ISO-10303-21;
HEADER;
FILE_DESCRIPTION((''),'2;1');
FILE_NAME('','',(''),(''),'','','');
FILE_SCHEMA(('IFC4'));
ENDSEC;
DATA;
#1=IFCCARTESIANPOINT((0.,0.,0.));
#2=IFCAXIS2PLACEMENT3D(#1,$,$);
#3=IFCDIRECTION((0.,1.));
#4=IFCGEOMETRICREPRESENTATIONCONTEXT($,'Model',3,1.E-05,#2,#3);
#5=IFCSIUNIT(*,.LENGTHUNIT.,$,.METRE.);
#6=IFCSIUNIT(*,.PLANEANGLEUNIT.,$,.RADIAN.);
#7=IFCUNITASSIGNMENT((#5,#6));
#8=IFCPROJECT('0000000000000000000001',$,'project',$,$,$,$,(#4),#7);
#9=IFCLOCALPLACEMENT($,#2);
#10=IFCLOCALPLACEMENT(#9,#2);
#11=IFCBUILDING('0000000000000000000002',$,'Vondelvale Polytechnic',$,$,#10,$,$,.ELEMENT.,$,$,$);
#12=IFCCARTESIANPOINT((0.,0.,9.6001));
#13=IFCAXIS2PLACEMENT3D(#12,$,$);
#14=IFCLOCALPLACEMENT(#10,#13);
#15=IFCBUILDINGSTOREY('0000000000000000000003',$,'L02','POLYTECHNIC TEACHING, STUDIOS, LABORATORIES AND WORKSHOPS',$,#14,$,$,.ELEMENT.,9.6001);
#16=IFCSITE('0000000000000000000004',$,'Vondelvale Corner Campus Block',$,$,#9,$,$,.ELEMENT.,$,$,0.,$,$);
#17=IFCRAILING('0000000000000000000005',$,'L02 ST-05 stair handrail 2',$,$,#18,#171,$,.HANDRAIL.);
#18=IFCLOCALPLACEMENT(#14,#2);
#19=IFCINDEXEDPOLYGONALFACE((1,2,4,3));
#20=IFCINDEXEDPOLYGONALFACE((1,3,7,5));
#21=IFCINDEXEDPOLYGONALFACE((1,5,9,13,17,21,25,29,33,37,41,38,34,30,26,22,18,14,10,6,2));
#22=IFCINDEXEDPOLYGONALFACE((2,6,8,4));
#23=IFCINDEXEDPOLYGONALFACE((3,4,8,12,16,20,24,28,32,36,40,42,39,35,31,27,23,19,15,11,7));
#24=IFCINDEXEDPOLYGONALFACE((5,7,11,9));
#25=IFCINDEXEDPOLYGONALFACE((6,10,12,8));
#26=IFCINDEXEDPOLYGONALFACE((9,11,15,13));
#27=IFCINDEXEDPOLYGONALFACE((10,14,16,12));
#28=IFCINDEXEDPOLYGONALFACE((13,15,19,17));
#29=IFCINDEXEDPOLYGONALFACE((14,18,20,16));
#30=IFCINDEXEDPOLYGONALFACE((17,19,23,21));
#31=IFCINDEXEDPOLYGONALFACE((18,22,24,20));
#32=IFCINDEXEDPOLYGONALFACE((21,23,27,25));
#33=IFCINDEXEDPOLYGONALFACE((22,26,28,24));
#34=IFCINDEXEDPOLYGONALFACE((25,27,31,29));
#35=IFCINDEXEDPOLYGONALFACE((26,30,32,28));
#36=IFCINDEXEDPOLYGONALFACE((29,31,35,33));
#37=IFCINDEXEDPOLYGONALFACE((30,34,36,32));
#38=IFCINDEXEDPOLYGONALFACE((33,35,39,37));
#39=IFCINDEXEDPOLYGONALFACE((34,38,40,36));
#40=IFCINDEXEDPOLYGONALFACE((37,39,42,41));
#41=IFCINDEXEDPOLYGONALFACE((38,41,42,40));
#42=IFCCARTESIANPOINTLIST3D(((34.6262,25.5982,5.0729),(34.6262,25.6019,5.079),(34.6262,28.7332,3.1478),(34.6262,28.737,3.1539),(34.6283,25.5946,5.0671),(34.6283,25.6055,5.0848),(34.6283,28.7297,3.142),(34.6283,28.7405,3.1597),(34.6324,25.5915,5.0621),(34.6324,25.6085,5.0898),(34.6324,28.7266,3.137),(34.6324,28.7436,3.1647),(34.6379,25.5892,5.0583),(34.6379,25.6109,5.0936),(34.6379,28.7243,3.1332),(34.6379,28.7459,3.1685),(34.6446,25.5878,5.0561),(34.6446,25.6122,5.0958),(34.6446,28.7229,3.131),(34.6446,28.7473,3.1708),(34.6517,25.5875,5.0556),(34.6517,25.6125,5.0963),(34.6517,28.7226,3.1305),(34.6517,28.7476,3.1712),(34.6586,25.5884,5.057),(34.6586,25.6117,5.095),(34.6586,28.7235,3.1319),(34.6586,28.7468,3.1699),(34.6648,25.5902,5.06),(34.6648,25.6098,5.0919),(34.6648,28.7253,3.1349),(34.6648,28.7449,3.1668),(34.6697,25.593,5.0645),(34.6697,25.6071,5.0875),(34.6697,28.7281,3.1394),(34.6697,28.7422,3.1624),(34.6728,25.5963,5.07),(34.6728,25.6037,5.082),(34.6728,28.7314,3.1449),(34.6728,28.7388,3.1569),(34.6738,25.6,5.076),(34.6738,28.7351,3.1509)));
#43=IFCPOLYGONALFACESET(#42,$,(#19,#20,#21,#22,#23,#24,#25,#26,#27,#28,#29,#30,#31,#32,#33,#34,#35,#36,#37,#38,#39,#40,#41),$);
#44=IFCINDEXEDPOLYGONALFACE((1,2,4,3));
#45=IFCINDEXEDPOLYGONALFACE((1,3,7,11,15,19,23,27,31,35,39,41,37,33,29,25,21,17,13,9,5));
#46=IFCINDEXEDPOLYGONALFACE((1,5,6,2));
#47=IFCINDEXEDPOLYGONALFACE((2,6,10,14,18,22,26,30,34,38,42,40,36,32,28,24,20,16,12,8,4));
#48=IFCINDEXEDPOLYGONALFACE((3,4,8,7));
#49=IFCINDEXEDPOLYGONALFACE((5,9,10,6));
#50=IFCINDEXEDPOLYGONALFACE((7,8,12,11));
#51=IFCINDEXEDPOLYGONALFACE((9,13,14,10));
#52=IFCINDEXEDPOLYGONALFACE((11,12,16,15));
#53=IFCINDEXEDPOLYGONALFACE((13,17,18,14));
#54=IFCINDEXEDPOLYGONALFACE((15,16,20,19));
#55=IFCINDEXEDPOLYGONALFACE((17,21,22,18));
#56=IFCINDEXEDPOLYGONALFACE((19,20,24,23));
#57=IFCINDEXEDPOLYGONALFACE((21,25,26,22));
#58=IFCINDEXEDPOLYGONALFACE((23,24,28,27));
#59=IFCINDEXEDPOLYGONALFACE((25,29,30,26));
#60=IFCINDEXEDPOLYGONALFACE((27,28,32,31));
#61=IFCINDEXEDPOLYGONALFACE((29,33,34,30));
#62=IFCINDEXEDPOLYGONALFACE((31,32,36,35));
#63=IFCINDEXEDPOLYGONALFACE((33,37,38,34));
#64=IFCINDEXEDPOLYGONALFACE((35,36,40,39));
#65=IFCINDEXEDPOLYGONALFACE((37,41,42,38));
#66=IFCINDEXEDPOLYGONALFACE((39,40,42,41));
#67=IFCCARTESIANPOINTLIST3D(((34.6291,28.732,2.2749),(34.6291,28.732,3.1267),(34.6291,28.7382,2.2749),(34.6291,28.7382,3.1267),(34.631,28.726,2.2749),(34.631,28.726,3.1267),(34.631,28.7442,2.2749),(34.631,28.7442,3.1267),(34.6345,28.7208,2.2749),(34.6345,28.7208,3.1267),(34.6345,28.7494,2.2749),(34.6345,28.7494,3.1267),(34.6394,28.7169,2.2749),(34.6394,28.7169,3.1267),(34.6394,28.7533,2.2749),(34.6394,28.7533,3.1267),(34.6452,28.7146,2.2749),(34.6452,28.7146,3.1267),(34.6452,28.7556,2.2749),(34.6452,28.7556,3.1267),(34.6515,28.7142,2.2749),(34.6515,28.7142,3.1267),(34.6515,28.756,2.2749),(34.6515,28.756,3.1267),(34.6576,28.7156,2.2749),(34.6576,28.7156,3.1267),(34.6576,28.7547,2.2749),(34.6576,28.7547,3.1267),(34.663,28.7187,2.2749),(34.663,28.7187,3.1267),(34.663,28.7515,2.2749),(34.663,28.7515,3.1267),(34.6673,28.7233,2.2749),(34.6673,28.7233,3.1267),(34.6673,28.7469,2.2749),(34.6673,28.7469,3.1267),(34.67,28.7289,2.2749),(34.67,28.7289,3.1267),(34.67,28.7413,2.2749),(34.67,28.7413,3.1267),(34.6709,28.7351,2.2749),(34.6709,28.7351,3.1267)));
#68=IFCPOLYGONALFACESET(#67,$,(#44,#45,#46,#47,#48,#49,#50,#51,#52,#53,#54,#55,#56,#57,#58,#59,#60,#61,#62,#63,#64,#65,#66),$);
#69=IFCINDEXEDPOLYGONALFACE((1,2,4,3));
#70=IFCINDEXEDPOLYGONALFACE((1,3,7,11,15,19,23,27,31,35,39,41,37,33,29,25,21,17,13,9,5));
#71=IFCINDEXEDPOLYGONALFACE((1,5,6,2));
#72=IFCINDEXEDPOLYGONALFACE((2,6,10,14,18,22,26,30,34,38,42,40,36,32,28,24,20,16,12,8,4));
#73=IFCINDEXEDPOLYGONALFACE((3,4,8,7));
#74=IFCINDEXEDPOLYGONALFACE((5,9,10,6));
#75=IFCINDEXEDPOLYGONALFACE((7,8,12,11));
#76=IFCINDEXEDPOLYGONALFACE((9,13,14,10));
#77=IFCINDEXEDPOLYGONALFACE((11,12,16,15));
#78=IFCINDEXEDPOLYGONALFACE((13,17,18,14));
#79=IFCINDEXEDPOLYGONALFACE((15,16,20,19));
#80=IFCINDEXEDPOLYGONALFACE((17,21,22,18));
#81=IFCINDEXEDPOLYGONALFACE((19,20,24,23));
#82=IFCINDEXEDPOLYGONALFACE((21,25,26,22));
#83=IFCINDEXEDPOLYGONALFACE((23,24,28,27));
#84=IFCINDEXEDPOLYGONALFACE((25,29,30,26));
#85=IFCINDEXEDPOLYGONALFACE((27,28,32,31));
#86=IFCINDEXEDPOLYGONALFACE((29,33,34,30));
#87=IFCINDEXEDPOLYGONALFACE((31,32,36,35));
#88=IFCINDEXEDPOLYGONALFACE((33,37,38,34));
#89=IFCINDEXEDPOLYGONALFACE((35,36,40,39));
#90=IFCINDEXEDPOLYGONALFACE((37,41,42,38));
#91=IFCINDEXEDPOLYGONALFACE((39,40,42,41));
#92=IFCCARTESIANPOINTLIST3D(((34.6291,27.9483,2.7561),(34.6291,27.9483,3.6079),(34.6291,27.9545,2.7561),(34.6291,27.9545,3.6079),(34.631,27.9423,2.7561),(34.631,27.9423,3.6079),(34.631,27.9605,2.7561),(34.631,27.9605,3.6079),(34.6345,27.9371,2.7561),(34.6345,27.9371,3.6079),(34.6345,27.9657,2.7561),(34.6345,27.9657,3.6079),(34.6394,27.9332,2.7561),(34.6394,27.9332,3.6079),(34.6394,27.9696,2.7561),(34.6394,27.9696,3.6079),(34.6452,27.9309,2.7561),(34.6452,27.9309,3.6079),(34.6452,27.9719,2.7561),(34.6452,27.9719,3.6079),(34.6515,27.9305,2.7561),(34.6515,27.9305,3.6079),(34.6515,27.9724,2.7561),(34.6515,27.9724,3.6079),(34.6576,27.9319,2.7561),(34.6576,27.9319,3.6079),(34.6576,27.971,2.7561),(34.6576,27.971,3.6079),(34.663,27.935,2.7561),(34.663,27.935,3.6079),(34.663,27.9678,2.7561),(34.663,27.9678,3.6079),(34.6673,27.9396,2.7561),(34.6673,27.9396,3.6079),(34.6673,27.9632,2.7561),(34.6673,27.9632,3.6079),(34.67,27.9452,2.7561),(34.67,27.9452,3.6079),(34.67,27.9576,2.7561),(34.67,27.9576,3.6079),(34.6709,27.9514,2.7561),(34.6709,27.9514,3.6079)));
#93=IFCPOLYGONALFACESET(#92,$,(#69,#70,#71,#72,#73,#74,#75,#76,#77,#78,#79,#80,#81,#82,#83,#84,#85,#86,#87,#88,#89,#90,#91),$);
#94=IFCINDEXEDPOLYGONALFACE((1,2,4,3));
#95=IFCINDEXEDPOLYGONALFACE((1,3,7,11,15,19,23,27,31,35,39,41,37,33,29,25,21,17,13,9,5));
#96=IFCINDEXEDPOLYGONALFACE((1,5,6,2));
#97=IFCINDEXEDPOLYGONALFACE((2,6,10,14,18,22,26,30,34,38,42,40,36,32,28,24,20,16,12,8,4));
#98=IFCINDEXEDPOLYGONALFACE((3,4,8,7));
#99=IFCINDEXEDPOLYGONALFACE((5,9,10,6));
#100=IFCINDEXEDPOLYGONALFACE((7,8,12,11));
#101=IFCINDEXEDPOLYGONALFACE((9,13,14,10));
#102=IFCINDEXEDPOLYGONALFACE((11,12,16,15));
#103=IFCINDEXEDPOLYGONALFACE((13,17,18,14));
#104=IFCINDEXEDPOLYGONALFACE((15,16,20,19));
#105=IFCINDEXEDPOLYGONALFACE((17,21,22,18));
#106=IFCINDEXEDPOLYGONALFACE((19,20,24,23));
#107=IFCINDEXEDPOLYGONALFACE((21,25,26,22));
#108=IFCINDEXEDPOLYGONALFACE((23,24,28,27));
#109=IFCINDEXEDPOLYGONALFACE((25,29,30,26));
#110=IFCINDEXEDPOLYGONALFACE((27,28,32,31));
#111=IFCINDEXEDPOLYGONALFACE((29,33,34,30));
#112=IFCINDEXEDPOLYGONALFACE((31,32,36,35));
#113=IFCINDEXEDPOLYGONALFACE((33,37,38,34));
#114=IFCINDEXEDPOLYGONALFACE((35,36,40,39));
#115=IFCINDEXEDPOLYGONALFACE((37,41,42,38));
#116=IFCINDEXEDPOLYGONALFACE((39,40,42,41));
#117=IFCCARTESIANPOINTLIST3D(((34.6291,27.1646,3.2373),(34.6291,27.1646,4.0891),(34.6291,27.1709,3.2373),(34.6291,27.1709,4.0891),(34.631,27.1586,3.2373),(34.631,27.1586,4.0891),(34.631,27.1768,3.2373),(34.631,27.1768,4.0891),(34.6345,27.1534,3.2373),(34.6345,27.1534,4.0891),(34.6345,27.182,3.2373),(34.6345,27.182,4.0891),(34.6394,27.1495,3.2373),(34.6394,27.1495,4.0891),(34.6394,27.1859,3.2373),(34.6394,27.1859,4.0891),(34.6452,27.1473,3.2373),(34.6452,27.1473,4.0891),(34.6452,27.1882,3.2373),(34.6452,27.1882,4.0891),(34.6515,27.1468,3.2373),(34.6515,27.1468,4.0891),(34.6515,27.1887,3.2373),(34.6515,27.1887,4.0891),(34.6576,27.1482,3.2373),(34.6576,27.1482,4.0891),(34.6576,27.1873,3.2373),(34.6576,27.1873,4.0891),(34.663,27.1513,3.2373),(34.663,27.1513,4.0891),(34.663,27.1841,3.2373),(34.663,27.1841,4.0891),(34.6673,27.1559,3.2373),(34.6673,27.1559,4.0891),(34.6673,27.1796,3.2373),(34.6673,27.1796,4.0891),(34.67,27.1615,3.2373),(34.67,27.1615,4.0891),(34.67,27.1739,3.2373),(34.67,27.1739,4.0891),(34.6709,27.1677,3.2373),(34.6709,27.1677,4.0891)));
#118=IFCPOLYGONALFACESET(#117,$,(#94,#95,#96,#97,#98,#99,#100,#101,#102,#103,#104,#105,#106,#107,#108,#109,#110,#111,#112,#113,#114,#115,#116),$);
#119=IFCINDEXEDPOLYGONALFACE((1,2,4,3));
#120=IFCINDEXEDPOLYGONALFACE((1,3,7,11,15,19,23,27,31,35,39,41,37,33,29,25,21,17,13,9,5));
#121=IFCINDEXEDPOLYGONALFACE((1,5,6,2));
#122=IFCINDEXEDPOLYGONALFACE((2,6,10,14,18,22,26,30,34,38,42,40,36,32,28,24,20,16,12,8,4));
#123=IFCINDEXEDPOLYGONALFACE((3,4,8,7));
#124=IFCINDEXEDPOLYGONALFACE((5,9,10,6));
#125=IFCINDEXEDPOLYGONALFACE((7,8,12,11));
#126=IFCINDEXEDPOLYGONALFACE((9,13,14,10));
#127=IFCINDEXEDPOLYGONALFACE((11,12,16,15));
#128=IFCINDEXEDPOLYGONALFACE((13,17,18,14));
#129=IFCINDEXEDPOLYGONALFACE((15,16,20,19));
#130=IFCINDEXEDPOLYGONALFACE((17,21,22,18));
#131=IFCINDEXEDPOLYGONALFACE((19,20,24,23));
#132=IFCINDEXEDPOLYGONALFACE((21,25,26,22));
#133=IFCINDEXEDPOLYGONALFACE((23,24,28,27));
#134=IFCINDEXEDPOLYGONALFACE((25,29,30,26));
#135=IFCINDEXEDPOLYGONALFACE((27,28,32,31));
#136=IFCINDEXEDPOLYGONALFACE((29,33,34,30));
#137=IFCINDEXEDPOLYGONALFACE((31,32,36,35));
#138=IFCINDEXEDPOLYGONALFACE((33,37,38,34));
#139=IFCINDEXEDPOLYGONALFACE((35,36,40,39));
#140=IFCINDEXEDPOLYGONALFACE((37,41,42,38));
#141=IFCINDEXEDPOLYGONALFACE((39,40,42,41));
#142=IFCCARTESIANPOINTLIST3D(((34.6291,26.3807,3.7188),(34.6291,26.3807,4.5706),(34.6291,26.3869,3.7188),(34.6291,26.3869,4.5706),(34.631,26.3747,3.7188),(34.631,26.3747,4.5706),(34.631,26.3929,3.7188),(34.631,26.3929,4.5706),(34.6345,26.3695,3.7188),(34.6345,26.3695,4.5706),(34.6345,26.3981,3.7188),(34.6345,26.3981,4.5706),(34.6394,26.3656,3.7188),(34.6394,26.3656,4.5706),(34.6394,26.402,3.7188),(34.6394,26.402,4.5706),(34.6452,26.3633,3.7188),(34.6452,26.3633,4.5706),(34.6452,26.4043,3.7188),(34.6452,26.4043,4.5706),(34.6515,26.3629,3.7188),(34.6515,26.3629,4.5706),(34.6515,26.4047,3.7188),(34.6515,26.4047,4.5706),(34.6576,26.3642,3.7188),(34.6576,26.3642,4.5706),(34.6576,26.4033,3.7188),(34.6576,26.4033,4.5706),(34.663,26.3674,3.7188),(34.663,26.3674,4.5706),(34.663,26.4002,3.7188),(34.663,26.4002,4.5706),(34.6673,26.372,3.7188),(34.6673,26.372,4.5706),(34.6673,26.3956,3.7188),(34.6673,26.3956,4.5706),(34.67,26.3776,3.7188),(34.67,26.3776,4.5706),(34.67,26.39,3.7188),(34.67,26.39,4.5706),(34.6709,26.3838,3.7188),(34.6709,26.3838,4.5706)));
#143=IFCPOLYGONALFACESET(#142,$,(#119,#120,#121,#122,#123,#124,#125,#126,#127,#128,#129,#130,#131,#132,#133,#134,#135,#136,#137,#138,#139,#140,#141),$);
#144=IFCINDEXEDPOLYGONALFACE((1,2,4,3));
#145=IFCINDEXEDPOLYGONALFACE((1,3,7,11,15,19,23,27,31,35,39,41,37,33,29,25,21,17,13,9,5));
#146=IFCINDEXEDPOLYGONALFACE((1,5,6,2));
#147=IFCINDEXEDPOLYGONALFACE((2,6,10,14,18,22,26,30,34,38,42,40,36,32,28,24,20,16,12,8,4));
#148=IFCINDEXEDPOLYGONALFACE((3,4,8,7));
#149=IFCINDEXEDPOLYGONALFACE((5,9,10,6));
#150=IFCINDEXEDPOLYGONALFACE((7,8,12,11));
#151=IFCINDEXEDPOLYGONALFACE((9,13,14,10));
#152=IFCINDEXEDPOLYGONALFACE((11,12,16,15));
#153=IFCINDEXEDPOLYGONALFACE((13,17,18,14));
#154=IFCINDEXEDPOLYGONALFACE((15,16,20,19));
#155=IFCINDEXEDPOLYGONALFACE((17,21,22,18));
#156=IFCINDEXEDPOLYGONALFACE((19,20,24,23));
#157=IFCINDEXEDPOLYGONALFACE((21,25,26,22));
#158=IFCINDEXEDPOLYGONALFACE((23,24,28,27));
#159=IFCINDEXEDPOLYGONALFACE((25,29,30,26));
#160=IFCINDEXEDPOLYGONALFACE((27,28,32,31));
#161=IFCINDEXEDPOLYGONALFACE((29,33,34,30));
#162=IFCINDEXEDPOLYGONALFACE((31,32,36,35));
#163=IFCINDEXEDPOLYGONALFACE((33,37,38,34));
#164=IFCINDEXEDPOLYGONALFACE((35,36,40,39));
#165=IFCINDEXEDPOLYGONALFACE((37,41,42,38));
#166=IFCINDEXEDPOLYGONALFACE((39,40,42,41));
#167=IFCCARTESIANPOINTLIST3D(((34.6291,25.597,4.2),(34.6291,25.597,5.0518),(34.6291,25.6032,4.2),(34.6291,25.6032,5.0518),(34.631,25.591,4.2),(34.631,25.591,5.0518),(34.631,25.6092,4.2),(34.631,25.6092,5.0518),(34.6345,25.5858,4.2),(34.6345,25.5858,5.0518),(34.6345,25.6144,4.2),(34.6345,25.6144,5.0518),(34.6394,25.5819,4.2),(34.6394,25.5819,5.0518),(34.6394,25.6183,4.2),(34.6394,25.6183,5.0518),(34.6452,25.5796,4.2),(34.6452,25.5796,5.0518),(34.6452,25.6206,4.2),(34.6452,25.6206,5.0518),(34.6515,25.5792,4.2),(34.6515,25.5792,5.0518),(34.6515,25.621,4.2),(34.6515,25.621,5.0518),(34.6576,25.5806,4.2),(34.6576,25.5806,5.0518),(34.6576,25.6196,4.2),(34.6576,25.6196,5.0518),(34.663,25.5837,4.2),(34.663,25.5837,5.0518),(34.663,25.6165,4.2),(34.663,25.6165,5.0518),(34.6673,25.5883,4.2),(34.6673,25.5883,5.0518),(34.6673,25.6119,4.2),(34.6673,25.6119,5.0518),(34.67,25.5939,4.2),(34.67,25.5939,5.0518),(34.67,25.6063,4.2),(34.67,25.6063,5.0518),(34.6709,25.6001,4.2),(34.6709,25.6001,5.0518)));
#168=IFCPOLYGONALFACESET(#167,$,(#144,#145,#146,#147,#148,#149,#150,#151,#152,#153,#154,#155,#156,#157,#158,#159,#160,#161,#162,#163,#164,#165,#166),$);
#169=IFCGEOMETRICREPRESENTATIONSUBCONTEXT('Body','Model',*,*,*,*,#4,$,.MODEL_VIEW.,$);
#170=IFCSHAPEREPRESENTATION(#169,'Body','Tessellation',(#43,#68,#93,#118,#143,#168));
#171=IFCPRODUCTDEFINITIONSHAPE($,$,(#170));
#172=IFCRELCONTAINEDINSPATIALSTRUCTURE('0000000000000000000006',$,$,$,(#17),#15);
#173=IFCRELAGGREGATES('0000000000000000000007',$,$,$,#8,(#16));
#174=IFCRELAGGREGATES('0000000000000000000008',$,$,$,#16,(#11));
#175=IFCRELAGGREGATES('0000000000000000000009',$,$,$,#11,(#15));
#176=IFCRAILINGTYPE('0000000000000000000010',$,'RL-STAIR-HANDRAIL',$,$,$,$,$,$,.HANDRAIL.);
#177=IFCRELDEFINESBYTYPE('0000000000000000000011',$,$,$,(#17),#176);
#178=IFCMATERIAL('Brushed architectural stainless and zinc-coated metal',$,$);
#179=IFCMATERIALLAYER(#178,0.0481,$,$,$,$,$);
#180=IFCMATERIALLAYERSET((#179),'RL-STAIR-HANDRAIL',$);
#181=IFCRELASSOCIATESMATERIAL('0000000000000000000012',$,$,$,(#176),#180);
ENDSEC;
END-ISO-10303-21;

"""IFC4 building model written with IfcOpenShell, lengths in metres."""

from ifc_helpers import new_model, si_unit, direction, frame, origin, origin_2d, place, context, subcontext, project, spatial, circle, extrude, material, layer, layer_set, type_object, element, save


model = new_model("IFC4")

# Units and contexts
model_context = context("Model", 3, precision=1e-05, world=origin(), true_north=direction((0.0, 1.0)))
body_context = subcontext(model_context, "Body", "Model", "MODEL_VIEW")
ifc_project = project(units=[si_unit("LENGTHUNIT", "METRE"), si_unit("PLANEANGLEUNIT", "RADIAN")], contexts=[model_context])

# Site, building, storey
site_placement = place(None, origin())
site = spatial("IfcSite", under=ifc_project, at=site_placement, Name="Vondelvale Corner Campus Block", CompositionType="ELEMENT", RefElevation=0.0)
building_placement = place(site_placement, origin())
building = spatial("IfcBuilding", under=site, at=building_placement, Name="Vondelvale Polytechnic", CompositionType="ELEMENT")
storey_placement = place(building_placement, frame((0.0, 0.0, 9.6001)))
storey = spatial("IfcBuildingStorey", under=building, at=storey_placement, Name="L02", Description="POLYTECHNIC TEACHING, STUDIOS, LABORATORIES AND WORKSHOPS", CompositionType="ELEMENT", Elevation=9.6001)

# Railing
ifc_material_1 = material(Name="Brushed architectural stainless and zinc-coated metal")
ifc_layer_1 = layer(ifc_material_1, 0.0481)
ifc_layer_set_1 = layer_set([ifc_layer_1], Name="RL-STAIR-HANDRAIL")
railing_type_1 = type_object("IfcRailingType", Name="RL-STAIR-HANDRAIL", PredefinedType="HANDRAIL", material=ifc_layer_set_1)
railing_1_placement = place(storey_placement, frame((34.6499, 28.7351, 2.2749)))
element("IfcRailing", 1, at=railing_1_placement, inside=storey, type_object=railing_type_1, Name="L02 ST-05 stair handrail 2", PredefinedType="HANDRAIL", context=body_context, shape_type="SweptSolid", body=[
    extrude(circle(Radius=0.0239, at=origin_2d()), frame((0.0, 0.0, 0.876), z_axis=(0.0, -0.852166, 0.523271), x_axis=(1.0, 0.0, 0.0)), (0.0, 0.0, 1.0), 3.679),
    extrude(circle(Radius=0.021, at=origin_2d()), origin(), (0.0, 0.0, 1.0), 0.8518),
    extrude(circle(Radius=0.021, at=origin_2d()), frame((0.0, -0.7837, 0.4812)), (0.0, 0.0, 1.0), 0.8518),
    extrude(circle(Radius=0.021, at=origin_2d()), frame((0.0, -1.5674, 0.9624)), (0.0, 0.0, 1.0), 0.8518),
    extrude(circle(Radius=0.021, at=origin_2d()), frame((0.0, -2.3513, 1.4438)), (0.0, 0.0, 1.0), 0.8518),
    extrude(circle(Radius=0.021, at=origin_2d()), frame((0.0, -3.135, 1.925)), (0.0, 0.0, 1.0), 0.8518),
])

save(model, "model.ifc")
